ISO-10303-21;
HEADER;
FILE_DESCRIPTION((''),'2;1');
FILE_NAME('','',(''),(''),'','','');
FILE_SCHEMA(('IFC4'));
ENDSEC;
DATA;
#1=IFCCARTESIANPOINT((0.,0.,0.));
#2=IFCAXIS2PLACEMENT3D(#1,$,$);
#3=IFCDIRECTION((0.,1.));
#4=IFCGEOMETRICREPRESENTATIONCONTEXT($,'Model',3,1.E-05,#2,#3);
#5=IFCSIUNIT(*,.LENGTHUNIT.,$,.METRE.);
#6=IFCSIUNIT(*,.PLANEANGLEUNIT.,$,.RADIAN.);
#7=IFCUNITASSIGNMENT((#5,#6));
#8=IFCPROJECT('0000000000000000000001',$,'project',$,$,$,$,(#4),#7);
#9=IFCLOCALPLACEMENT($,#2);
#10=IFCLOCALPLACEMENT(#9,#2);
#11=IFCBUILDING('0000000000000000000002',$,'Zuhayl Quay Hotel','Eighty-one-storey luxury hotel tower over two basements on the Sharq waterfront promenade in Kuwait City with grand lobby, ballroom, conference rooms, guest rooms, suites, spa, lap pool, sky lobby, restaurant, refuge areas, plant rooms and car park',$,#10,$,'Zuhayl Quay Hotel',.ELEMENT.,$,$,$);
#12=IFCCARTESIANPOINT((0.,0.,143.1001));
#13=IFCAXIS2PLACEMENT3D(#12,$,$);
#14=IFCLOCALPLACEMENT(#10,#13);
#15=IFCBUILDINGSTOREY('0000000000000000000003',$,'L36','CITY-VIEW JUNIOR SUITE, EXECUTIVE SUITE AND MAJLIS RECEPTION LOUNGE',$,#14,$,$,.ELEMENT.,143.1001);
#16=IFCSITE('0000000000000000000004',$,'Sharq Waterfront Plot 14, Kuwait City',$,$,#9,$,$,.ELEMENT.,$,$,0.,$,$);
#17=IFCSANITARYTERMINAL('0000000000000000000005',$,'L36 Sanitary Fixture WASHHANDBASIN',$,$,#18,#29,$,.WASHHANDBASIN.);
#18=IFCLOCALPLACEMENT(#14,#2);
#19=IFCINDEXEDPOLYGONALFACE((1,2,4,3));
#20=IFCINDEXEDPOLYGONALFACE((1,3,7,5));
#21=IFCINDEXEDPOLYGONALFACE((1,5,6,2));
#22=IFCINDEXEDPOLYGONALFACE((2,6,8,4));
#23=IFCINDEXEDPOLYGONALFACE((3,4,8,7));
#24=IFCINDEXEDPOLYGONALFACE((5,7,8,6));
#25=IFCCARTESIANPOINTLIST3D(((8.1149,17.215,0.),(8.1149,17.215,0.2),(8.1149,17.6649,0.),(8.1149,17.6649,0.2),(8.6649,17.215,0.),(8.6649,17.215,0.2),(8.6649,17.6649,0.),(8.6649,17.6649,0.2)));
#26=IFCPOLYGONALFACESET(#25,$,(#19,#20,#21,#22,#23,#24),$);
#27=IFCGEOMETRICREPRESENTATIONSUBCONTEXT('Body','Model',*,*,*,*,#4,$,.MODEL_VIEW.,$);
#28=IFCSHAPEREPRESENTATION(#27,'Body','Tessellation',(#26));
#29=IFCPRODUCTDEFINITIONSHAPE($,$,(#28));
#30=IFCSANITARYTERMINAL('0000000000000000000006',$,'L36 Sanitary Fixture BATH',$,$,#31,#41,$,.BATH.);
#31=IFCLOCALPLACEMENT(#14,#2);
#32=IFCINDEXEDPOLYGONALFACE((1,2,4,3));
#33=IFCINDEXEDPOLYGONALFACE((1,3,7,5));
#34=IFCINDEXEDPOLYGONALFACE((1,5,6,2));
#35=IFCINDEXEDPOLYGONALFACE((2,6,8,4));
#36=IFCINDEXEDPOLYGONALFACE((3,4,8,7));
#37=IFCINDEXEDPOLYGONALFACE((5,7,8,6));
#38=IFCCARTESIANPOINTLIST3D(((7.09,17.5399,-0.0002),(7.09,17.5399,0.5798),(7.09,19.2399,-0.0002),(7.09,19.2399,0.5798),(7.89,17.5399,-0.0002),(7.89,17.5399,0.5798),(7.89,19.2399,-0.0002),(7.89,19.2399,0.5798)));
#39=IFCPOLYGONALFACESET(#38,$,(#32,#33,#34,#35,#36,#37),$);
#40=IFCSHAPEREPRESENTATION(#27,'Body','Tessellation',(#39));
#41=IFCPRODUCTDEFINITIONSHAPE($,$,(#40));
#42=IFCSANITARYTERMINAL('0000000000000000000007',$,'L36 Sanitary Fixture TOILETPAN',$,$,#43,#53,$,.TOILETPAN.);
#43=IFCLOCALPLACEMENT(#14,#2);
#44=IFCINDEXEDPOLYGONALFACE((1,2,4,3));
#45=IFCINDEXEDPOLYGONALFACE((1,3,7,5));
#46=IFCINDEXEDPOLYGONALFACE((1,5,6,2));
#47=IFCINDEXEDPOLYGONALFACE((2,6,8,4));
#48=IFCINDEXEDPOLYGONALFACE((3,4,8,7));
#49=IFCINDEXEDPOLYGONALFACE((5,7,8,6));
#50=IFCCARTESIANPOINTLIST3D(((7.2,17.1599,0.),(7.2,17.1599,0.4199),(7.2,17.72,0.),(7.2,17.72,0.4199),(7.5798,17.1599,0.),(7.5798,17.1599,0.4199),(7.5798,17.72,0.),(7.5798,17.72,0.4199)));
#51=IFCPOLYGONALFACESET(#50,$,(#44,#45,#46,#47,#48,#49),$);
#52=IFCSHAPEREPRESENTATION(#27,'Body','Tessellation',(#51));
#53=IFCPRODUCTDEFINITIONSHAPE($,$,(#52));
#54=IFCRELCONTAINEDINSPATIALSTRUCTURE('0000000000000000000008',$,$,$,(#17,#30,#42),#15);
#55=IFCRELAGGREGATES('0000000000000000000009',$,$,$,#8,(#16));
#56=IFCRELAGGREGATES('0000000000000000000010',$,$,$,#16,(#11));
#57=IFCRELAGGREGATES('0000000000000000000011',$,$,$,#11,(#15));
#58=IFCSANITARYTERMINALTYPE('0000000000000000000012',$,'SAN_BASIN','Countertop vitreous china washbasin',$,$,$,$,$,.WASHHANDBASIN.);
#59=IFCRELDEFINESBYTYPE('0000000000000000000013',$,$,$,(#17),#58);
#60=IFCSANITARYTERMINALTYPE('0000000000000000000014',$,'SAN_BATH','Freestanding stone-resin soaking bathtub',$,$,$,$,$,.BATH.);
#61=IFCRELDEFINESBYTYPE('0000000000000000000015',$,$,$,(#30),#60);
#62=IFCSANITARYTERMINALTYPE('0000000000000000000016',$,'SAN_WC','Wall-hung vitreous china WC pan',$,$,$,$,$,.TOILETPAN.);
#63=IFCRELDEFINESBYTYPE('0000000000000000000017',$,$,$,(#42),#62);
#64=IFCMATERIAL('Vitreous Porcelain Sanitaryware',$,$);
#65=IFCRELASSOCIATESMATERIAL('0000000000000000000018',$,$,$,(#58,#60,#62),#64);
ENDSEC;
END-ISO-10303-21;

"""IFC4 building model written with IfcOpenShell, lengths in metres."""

from ifc_helpers import new_model, si_unit, direction, frame, origin, origin_2d, place, context, subcontext, project, spatial, rectangle, extrude, material, type_object, element, save


model = new_model("IFC4")

# Units and contexts
model_context = context("Model", 3, precision=1e-05, world=origin(), true_north=direction((0.0, 1.0)))
body_context = subcontext(model_context, "Body", "Model", "MODEL_VIEW")
ifc_project = project(units=[si_unit("LENGTHUNIT", "METRE"), si_unit("PLANEANGLEUNIT", "RADIAN")], contexts=[model_context])

# Site, building, storey
site_placement = place(None, origin())
site = spatial("IfcSite", under=ifc_project, at=site_placement, Name="Sharq Waterfront Plot 14, Kuwait City", CompositionType="ELEMENT", RefElevation=0.0)
building_placement = place(site_placement, origin())
building = spatial("IfcBuilding", under=site, at=building_placement, Name="Zuhayl Quay Hotel", Description="Eighty-one-storey luxury hotel tower over two basements on the Sharq waterfront promenade in Kuwait City with grand lobby, ballroom, conference rooms, guest rooms, suites, spa, lap pool, sky lobby, restaurant, refuge areas, plant rooms and car park", LongName="Zuhayl Quay Hotel", CompositionType="ELEMENT")
storey_placement = place(building_placement, frame((0.0, 0.0, 143.1001)))
storey = spatial("IfcBuildingStorey", under=building, at=storey_placement, Name="L36", Description="CITY-VIEW JUNIOR SUITE, EXECUTIVE SUITE AND MAJLIS RECEPTION LOUNGE", CompositionType="ELEMENT", Elevation=143.1001)

# Sanitary terminals
ifc_material_1 = material(Name="Vitreous Porcelain Sanitaryware")
sanitary_terminal_type_1 = type_object("IfcSanitaryTerminalType", Name="SAN_BASIN", Description="Countertop vitreous china washbasin", PredefinedType="WASHHANDBASIN", material=ifc_material_1)
sanitary_terminal_1_placement = place(storey_placement, frame((8.3899, 17.4399, 0.0), z_axis=(0.0, 0.0, 1.0), x_axis=(1.0, 0.0, 0.0)))
element("IfcSanitaryTerminal", 1, at=sanitary_terminal_1_placement, inside=storey, type_object=sanitary_terminal_type_1, Name="L36 Sanitary Fixture WASHHANDBASIN", PredefinedType="WASHHANDBASIN", context=body_context, shape_type="SweptSolid", body=[
    extrude(rectangle(XDim=0.55, YDim=0.45, at=origin_2d()), origin(), (0.0, 0.0, 1.0), 0.2),
])
sanitary_terminal_type_2 = type_object("IfcSanitaryTerminalType", Name="SAN_BATH", Description="Freestanding stone-resin soaking bathtub", PredefinedType="BATH", material=ifc_material_1)
sanitary_terminal_2_placement = place(storey_placement, frame((7.49, 18.3899, -0.0002), z_axis=(0.0, 0.0, 1.0), x_axis=(1.0, 0.0, 0.0)))
element("IfcSanitaryTerminal", 2, at=sanitary_terminal_2_placement, inside=storey, type_object=sanitary_terminal_type_2, Name="L36 Sanitary Fixture BATH", PredefinedType="BATH", context=body_context, shape_type="SweptSolid", body=[
    extrude(rectangle(XDim=0.8, YDim=1.7, at=origin_2d()), origin(), (0.0, 0.0, 1.0), 0.5801),
])
sanitary_terminal_type_3 = type_object("IfcSanitaryTerminalType", Name="SAN_WC", Description="Wall-hung vitreous china WC pan", PredefinedType="TOILETPAN", material=ifc_material_1)
sanitary_terminal_3_placement = place(storey_placement, frame((7.3899, 17.4399, 0.0), z_axis=(0.0, 0.0, 1.0), x_axis=(1.0, 0.0, 0.0)))
element("IfcSanitaryTerminal", 3, at=sanitary_terminal_3_placement, inside=storey, type_object=sanitary_terminal_type_3, Name="L36 Sanitary Fixture TOILETPAN", PredefinedType="TOILETPAN", context=body_context, shape_type="SweptSolid", body=[
    extrude(rectangle(XDim=0.3799, YDim=0.5601, at=origin_2d()), origin(), (0.0, 0.0, 1.0), 0.4199),
])

save(model, "model.ifc")
